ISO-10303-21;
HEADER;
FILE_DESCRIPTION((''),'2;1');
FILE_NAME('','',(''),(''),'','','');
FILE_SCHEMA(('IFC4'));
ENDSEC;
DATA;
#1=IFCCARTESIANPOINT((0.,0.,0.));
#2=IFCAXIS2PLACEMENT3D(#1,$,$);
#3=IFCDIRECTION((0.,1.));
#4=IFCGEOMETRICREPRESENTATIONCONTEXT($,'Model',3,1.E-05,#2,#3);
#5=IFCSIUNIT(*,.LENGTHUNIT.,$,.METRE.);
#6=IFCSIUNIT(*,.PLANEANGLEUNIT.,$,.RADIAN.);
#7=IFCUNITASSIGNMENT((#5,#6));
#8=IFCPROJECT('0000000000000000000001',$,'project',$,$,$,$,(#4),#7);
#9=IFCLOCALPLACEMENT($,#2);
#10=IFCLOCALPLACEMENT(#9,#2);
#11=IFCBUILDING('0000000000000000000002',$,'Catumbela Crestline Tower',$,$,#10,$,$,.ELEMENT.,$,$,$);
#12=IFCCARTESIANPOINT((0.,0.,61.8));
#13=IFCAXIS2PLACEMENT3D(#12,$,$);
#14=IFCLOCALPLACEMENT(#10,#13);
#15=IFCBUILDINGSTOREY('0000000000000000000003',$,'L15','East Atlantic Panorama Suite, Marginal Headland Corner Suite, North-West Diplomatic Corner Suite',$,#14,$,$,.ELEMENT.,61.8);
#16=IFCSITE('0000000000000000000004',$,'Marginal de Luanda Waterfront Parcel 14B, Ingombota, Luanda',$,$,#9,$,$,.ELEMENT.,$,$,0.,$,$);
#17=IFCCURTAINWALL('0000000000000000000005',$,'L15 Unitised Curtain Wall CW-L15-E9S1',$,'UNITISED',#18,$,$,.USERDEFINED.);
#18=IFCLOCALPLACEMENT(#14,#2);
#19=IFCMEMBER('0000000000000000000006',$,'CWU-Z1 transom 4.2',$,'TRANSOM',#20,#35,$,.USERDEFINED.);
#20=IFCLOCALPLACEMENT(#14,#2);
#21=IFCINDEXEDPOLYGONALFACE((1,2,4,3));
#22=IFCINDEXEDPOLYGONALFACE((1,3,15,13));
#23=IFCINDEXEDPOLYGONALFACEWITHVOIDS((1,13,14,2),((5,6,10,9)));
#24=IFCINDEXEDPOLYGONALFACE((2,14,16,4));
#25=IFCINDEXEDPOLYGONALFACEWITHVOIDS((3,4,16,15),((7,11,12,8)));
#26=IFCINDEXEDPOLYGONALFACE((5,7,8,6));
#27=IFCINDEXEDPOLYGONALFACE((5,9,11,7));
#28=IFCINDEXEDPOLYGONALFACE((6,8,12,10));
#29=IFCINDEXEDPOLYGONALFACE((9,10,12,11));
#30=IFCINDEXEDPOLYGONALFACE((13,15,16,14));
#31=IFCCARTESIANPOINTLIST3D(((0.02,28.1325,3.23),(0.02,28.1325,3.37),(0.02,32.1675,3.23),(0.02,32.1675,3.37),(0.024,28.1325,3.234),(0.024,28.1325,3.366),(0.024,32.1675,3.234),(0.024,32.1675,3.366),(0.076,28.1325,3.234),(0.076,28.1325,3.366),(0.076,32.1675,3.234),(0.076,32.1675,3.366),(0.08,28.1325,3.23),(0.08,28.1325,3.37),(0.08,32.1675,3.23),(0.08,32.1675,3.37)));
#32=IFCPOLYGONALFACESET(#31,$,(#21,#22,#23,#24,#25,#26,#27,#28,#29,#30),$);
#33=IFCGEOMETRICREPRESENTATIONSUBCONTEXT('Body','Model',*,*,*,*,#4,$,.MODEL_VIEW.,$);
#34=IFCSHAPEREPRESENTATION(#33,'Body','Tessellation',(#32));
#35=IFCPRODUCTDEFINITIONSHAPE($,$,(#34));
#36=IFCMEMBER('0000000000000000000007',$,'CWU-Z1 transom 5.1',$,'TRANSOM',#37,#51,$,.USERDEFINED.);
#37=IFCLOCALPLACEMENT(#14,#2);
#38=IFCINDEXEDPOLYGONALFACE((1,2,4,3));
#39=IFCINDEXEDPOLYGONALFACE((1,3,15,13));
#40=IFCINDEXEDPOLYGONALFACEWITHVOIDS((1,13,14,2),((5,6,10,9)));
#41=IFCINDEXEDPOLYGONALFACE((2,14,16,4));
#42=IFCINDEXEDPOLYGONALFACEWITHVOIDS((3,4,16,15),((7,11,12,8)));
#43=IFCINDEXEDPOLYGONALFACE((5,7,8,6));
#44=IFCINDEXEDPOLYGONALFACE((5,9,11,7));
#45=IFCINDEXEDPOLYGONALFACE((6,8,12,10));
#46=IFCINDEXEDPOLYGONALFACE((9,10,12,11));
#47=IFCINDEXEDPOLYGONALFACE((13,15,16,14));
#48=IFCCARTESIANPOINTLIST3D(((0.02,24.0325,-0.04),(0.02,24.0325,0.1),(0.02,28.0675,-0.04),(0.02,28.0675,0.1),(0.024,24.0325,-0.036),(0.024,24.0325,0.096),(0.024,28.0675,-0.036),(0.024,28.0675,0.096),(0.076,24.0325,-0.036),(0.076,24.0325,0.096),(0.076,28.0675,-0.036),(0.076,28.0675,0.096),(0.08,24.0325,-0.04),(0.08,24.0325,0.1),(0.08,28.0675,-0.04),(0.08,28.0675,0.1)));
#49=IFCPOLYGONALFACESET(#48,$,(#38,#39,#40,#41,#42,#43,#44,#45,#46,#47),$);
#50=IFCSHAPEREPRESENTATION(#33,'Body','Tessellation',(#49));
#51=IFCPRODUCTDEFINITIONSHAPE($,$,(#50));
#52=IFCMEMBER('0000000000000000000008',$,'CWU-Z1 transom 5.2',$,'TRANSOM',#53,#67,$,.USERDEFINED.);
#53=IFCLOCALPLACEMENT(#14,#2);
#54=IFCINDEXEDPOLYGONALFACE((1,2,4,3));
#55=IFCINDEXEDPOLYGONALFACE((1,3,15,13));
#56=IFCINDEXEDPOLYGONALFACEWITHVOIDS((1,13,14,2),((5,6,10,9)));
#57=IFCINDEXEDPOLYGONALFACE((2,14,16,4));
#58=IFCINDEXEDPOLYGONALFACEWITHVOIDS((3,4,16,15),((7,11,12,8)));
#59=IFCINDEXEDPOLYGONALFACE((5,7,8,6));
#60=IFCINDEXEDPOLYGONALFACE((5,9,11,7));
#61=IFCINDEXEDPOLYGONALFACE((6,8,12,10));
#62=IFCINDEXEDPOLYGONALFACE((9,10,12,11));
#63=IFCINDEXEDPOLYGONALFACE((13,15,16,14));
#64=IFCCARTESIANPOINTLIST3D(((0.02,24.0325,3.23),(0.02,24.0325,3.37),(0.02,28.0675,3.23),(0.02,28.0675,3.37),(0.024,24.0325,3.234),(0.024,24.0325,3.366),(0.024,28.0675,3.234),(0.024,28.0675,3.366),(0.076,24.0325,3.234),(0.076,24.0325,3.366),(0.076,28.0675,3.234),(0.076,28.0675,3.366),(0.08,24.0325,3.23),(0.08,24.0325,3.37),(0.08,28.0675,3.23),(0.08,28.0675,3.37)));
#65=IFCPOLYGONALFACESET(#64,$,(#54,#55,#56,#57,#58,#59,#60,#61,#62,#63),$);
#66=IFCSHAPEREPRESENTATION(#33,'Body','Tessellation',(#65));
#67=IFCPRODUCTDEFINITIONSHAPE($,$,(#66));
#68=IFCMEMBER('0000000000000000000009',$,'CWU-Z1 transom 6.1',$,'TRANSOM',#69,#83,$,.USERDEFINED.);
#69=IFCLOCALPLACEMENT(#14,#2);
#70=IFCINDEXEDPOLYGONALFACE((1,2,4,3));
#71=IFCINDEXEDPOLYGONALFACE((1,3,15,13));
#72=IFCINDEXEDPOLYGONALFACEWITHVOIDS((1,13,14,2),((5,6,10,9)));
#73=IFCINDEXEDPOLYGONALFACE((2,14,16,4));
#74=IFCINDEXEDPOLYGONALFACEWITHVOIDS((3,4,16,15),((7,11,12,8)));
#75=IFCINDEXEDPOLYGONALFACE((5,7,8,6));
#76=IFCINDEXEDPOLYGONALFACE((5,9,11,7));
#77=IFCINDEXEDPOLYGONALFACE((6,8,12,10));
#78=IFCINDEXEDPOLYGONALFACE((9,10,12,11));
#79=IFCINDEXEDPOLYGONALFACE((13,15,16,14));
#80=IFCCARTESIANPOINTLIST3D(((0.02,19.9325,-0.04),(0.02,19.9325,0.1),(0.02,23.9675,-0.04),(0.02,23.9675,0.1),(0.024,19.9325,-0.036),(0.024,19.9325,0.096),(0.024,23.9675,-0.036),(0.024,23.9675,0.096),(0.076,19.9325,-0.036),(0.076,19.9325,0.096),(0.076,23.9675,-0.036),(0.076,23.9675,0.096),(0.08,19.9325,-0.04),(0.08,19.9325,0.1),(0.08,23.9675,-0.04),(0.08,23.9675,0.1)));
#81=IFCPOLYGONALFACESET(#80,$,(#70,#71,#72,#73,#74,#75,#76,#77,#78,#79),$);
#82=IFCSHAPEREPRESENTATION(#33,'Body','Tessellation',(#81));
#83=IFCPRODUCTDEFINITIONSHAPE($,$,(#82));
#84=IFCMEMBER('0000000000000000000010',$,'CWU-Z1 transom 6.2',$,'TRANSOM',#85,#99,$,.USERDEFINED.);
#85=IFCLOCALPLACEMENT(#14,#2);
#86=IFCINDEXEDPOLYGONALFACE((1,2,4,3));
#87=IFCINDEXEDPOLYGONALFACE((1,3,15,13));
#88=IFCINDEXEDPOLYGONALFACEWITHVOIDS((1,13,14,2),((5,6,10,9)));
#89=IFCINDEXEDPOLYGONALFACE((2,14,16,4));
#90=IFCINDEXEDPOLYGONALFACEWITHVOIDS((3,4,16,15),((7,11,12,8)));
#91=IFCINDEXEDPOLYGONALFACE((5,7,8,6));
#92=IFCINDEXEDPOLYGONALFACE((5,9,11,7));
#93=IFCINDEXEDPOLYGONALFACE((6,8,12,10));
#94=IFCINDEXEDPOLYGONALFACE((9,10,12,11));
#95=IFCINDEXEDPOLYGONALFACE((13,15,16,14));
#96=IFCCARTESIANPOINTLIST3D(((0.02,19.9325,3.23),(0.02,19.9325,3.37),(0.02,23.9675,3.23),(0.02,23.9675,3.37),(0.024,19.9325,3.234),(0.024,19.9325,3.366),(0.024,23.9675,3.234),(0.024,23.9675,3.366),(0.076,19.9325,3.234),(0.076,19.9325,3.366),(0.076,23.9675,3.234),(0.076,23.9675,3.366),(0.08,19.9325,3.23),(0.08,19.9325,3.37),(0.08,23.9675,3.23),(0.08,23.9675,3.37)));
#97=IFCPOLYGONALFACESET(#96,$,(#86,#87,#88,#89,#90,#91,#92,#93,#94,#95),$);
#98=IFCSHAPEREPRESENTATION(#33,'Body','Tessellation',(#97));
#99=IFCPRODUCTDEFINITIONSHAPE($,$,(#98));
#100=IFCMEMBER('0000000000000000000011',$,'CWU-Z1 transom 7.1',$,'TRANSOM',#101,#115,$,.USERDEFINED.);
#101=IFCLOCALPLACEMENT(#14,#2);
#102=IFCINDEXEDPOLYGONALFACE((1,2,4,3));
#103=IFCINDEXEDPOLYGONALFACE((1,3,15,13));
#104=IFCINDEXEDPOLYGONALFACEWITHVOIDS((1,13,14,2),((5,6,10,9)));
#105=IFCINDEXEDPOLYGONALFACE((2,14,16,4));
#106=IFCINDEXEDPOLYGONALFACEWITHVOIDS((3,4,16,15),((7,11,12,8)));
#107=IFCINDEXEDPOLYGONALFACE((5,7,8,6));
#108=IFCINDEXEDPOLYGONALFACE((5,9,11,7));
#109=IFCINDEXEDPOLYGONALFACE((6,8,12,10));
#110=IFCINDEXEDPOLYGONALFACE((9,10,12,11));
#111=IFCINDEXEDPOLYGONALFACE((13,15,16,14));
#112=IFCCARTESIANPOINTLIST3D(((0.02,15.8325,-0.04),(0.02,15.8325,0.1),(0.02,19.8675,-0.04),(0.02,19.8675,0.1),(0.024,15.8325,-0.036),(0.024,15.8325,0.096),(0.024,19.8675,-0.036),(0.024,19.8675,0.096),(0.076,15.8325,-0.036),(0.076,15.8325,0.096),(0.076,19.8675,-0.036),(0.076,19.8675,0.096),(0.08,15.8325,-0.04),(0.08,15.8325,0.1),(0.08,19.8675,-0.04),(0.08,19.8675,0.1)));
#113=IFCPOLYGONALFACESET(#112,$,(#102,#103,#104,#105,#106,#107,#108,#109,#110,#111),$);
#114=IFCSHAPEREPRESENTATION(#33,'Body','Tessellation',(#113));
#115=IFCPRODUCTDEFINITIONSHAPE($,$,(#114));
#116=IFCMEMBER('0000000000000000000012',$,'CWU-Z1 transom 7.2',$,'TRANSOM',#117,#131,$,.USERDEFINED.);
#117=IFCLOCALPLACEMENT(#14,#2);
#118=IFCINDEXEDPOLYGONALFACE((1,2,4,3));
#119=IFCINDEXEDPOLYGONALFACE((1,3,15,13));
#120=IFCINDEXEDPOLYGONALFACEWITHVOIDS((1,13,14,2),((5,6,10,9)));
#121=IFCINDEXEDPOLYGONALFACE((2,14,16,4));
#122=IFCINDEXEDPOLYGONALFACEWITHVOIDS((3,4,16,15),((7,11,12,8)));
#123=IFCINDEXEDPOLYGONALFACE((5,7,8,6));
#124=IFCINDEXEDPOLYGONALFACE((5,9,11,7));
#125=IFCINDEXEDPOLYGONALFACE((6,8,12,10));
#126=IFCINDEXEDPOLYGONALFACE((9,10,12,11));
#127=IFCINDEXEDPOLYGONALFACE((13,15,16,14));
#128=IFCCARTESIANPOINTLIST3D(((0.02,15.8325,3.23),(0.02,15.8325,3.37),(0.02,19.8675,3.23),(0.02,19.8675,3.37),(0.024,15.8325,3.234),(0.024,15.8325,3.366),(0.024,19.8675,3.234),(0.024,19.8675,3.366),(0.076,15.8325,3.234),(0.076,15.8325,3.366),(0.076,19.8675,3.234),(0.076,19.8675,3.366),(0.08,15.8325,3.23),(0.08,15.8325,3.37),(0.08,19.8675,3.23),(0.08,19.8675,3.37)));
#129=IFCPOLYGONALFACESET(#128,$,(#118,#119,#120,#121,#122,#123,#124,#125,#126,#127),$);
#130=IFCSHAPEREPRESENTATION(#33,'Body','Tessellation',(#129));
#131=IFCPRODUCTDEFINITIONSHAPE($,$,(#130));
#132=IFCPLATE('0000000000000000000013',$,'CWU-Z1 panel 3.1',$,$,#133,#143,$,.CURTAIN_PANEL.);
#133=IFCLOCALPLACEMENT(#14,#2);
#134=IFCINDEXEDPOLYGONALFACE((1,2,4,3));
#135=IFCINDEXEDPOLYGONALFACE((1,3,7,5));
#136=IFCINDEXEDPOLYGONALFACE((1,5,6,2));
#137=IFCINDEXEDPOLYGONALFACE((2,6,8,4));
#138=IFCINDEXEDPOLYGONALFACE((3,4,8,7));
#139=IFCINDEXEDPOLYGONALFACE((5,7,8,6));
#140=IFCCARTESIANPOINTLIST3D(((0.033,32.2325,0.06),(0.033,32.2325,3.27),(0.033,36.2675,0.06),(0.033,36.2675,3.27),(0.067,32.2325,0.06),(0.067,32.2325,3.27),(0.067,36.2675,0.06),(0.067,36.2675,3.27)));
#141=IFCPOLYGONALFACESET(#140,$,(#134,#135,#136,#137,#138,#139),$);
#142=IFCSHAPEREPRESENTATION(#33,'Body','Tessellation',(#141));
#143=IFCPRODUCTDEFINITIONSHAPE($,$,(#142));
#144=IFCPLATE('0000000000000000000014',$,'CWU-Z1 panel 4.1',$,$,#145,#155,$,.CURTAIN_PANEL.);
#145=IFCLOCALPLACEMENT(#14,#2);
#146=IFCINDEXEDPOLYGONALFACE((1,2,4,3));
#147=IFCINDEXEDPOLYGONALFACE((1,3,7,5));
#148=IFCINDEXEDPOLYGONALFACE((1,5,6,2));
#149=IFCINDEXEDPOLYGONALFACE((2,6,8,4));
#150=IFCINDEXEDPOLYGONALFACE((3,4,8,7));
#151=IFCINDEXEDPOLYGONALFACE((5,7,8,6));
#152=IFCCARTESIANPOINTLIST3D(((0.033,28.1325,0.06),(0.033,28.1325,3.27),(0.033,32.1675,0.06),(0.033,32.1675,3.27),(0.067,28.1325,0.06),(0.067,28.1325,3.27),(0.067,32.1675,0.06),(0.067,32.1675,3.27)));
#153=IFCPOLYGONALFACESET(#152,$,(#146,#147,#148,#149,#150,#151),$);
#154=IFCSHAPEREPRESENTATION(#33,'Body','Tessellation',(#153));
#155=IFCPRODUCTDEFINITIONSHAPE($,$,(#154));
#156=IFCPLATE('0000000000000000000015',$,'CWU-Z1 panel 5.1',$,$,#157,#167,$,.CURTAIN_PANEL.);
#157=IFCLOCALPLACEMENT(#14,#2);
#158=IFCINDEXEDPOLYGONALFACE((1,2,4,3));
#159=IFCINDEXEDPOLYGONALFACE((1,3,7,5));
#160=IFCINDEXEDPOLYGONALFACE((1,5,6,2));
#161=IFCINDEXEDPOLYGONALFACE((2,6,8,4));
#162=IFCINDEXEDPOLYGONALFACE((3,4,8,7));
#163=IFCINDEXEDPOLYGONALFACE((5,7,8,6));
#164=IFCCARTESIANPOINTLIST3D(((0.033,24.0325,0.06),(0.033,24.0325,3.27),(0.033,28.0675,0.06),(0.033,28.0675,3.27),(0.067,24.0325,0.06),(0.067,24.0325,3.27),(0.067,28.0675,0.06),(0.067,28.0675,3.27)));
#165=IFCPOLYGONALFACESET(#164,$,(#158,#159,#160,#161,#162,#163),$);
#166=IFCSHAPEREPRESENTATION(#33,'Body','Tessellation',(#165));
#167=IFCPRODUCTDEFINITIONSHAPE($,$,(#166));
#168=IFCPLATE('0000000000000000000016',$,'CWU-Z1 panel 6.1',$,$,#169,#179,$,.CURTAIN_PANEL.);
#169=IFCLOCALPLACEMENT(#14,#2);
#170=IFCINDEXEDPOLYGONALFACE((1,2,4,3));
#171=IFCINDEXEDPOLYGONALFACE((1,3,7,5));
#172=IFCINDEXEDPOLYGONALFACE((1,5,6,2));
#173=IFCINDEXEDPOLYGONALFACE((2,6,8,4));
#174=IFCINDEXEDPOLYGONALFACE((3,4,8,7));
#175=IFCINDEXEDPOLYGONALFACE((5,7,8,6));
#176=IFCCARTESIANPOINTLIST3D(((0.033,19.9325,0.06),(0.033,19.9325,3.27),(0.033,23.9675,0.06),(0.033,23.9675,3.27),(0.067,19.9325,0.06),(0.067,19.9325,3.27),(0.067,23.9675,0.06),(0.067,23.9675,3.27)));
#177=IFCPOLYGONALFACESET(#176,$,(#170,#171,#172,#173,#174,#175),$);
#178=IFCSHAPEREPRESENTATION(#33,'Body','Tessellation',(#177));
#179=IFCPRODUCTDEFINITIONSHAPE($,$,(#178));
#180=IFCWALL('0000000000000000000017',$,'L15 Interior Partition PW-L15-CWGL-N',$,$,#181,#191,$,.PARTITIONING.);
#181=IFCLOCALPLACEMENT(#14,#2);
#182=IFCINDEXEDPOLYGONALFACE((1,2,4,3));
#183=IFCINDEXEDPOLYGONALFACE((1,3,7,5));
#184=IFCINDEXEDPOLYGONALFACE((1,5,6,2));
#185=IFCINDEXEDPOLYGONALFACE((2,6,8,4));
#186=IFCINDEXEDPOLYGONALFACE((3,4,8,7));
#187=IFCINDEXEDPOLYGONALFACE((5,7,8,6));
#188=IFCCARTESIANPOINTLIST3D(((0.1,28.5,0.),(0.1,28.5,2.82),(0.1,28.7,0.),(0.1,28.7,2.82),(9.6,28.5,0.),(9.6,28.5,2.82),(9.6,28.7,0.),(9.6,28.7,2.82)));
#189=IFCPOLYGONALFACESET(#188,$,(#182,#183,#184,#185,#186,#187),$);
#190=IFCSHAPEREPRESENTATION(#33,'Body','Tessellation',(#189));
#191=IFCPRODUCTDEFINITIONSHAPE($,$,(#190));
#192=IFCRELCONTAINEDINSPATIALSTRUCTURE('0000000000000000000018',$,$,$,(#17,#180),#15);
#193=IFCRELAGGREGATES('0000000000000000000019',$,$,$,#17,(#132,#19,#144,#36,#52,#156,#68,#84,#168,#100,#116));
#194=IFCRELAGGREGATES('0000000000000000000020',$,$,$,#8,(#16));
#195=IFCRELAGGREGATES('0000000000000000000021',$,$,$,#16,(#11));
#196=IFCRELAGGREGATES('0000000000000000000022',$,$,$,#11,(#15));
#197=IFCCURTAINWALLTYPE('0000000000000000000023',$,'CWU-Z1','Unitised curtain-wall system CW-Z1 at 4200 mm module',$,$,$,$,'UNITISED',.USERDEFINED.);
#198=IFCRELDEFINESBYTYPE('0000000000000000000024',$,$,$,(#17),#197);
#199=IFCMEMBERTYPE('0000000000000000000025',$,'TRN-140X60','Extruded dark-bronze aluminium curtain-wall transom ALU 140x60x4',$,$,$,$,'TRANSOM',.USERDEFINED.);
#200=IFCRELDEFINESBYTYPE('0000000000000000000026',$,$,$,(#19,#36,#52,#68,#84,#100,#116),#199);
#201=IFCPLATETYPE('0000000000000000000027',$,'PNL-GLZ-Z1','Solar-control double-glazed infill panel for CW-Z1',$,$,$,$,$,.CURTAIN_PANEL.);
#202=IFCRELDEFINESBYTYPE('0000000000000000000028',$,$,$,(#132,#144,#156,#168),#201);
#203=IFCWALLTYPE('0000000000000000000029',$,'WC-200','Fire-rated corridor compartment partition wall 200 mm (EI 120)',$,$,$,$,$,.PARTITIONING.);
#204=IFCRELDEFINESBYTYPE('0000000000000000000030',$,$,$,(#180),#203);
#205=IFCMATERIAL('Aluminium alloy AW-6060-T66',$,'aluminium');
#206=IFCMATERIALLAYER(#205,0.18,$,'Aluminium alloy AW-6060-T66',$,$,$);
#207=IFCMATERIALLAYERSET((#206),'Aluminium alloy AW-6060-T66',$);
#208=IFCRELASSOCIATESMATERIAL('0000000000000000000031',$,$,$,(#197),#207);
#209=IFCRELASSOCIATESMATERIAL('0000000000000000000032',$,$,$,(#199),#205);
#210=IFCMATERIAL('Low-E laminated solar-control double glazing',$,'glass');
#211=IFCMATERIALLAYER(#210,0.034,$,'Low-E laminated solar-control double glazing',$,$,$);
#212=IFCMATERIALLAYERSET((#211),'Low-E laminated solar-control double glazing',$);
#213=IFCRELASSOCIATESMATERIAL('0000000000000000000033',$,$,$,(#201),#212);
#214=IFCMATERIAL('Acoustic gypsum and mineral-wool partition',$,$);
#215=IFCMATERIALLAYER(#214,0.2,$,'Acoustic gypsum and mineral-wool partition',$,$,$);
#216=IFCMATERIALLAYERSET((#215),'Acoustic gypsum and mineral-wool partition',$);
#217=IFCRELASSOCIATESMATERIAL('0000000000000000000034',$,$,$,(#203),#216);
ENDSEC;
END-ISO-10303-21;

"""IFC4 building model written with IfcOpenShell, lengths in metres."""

from ifc_helpers import new_model, si_unit, direction, frame, frame_2d, origin, origin_2d, place, context, subcontext, project, spatial, rectangle, hollow_rectangle, extrude, material, layer, layer_set, material_profile, profile_set, type_object, element, aggregate, save


model = new_model("IFC4")

# Units and contexts
model_context = context("Model", 3, precision=1e-05, world=origin(), true_north=direction((0.0, 1.0)))
body_context = subcontext(model_context, "Body", "Model", "MODEL_VIEW")
ifc_project = project(units=[si_unit("LENGTHUNIT", "METRE"), si_unit("PLANEANGLEUNIT", "RADIAN")], contexts=[model_context])

# Site, building, storey
site_placement = place(None, origin())
site = spatial("IfcSite", under=ifc_project, at=site_placement, Name="Marginal de Luanda Waterfront Parcel 14B, Ingombota, Luanda", CompositionType="ELEMENT", RefElevation=0.0)
building_placement = place(site_placement, origin())
building = spatial("IfcBuilding", under=site, at=building_placement, Name="Catumbela Crestline Tower", CompositionType="ELEMENT")
storey_placement = place(building_placement, frame((0.0, 0.0, 61.8)))
storey = spatial("IfcBuildingStorey", under=building, at=storey_placement, Name="L15", Description="East Atlantic Panorama Suite, Marginal Headland Corner Suite, North-West Diplomatic Corner Suite", CompositionType="ELEMENT", Elevation=61.8)

# Curtain wall
ifc_material_1 = material(Name="Aluminium alloy AW-6060-T66", Category="aluminium")
ifc_layer_1 = layer(ifc_material_1, 0.18, Name="Aluminium alloy AW-6060-T66")
ifc_layer_set_1 = layer_set([ifc_layer_1], Name="Aluminium alloy AW-6060-T66")
curtain_wall_type = type_object("IfcCurtainWallType", Name="CWU-Z1", Description="Unitised curtain-wall system CW-Z1 at 4200 mm module", ElementType="UNITISED", PredefinedType="USERDEFINED", material=ifc_layer_set_1)
curtain_wall_placement = place(storey_placement, origin())
curtain_wall = element("IfcCurtainWall", 1, at=curtain_wall_placement, inside=storey, type_object=curtain_wall_type, Name="L15 Unitised Curtain Wall CW-L15-E9S1", ObjectType="UNITISED", PredefinedType="USERDEFINED")

# Members
ifc_material_profile_1 = material_profile(ifc_material_1, hollow_rectangle(XDim=0.06, YDim=0.14, WallThickness=0.004, at=origin_2d()), Name="ALU 140x60x4")
ifc_profile_set_1 = profile_set([ifc_material_profile_1], Name="Aluminium alloy AW-6060-T66")
member_type_1 = type_object("IfcMemberType", Name="TRN-140X60", Description="Extruded dark-bronze aluminium curtain-wall transom ALU 140x60x4", ElementType="TRANSOM", PredefinedType="USERDEFINED", material=ifc_profile_set_1)
member_1_placement = place(storey_placement, frame((0.05, 32.1675, 3.3), z_axis=(0.0, -1.0, 0.0), x_axis=(1.0, 0.0, 0.0)))
member_1 = element("IfcMember", 2, at=member_1_placement, type_object=member_type_1, Name="CWU-Z1 transom 4.2", ObjectType="TRANSOM", PredefinedType="USERDEFINED", context=body_context, shape_type="SweptSolid", body=[
    extrude(hollow_rectangle(XDim=0.06, YDim=0.14, WallThickness=0.004, at=origin_2d()), origin(), (0.0, 0.0, 1.0), 4.035),
])
member_2_placement = place(storey_placement, frame((0.05, 28.0675, 0.03), z_axis=(0.0, -1.0, 0.0), x_axis=(1.0, 0.0, 0.0)))
member_2 = element("IfcMember", 3, at=member_2_placement, type_object=member_type_1, Name="CWU-Z1 transom 5.1", ObjectType="TRANSOM", PredefinedType="USERDEFINED", context=body_context, shape_type="SweptSolid", body=[
    extrude(hollow_rectangle(XDim=0.06, YDim=0.14, WallThickness=0.004, at=origin_2d()), origin(), (0.0, 0.0, 1.0), 4.035),
])
member_3_placement = place(storey_placement, frame((0.05, 28.0675, 3.3), z_axis=(0.0, -1.0, 0.0), x_axis=(1.0, 0.0, 0.0)))
member_3 = element("IfcMember", 4, at=member_3_placement, type_object=member_type_1, Name="CWU-Z1 transom 5.2", ObjectType="TRANSOM", PredefinedType="USERDEFINED", context=body_context, shape_type="SweptSolid", body=[
    extrude(hollow_rectangle(XDim=0.06, YDim=0.14, WallThickness=0.004, at=origin_2d()), origin(), (0.0, 0.0, 1.0), 4.035),
])
member_4_placement = place(storey_placement, frame((0.05, 23.9675, 0.03), z_axis=(0.0, -1.0, 0.0), x_axis=(1.0, 0.0, 0.0)))
member_4 = element("IfcMember", 5, at=member_4_placement, type_object=member_type_1, Name="CWU-Z1 transom 6.1", ObjectType="TRANSOM", PredefinedType="USERDEFINED", context=body_context, shape_type="SweptSolid", body=[
    extrude(hollow_rectangle(XDim=0.06, YDim=0.14, WallThickness=0.004, at=origin_2d()), origin(), (0.0, 0.0, 1.0), 4.035),
])
member_5_placement = place(storey_placement, frame((0.05, 23.9675, 3.3), z_axis=(0.0, -1.0, 0.0), x_axis=(1.0, 0.0, 0.0)))
member_5 = element("IfcMember", 6, at=member_5_placement, type_object=member_type_1, Name="CWU-Z1 transom 6.2", ObjectType="TRANSOM", PredefinedType="USERDEFINED", context=body_context, shape_type="SweptSolid", body=[
    extrude(hollow_rectangle(XDim=0.06, YDim=0.14, WallThickness=0.004, at=origin_2d()), origin(), (0.0, 0.0, 1.0), 4.035),
])
member_6_placement = place(storey_placement, frame((0.05, 19.8675, 0.03), z_axis=(0.0, -1.0, 0.0), x_axis=(1.0, 0.0, 0.0)))
member_6 = element("IfcMember", 7, at=member_6_placement, type_object=member_type_1, Name="CWU-Z1 transom 7.1", ObjectType="TRANSOM", PredefinedType="USERDEFINED", context=body_context, shape_type="SweptSolid", body=[
    extrude(hollow_rectangle(XDim=0.06, YDim=0.14, WallThickness=0.004, at=origin_2d()), origin(), (0.0, 0.0, 1.0), 4.035),
])
member_7_placement = place(storey_placement, frame((0.05, 19.8675, 3.3), z_axis=(0.0, -1.0, 0.0), x_axis=(1.0, 0.0, 0.0)))
member_7 = element("IfcMember", 8, at=member_7_placement, type_object=member_type_1, Name="CWU-Z1 transom 7.2", ObjectType="TRANSOM", PredefinedType="USERDEFINED", context=body_context, shape_type="SweptSolid", body=[
    extrude(hollow_rectangle(XDim=0.06, YDim=0.14, WallThickness=0.004, at=origin_2d()), origin(), (0.0, 0.0, 1.0), 4.035),
])

# Plates
ifc_material_2 = material(Name="Low-E laminated solar-control double glazing", Category="glass")
ifc_layer_2 = layer(ifc_material_2, 0.034, Name="Low-E laminated solar-control double glazing")
ifc_layer_set_2 = layer_set([ifc_layer_2], Name="Low-E laminated solar-control double glazing")
plate_type = type_object("IfcPlateType", Name="PNL-GLZ-Z1", Description="Solar-control double-glazed infill panel for CW-Z1", PredefinedType="CURTAIN_PANEL", material=ifc_layer_set_2)
plate_1_placement = place(storey_placement, frame((0.05, 34.25, 0.06), z_axis=(0.0, 0.0, 1.0), x_axis=(0.0, -1.0, 0.0)))
plate_1 = element("IfcPlate", 9, at=plate_1_placement, type_object=plate_type, Name="CWU-Z1 panel 3.1", PredefinedType="CURTAIN_PANEL", context=body_context, shape_type="SweptSolid", body=[
    extrude(rectangle(XDim=4.035, YDim=0.034, at=origin_2d()), origin(), (0.0, 0.0, 1.0), 3.21),
])
plate_2_placement = place(storey_placement, frame((0.05, 30.15, 0.06), z_axis=(0.0, 0.0, 1.0), x_axis=(0.0, -1.0, 0.0)))
plate_2 = element("IfcPlate", 10, at=plate_2_placement, type_object=plate_type, Name="CWU-Z1 panel 4.1", PredefinedType="CURTAIN_PANEL", context=body_context, shape_type="SweptSolid", body=[
    extrude(rectangle(XDim=4.035, YDim=0.034, at=origin_2d()), origin(), (0.0, 0.0, 1.0), 3.21),
])
plate_3_placement = place(storey_placement, frame((0.05, 26.05, 0.06), z_axis=(0.0, 0.0, 1.0), x_axis=(0.0, -1.0, 0.0)))
plate_3 = element("IfcPlate", 11, at=plate_3_placement, type_object=plate_type, Name="CWU-Z1 panel 5.1", PredefinedType="CURTAIN_PANEL", context=body_context, shape_type="SweptSolid", body=[
    extrude(rectangle(XDim=4.035, YDim=0.034, at=origin_2d()), origin(), (0.0, 0.0, 1.0), 3.21),
])
plate_4_placement = place(storey_placement, frame((0.05, 21.95, 0.06), z_axis=(0.0, 0.0, 1.0), x_axis=(0.0, -1.0, 0.0)))
plate_4 = element("IfcPlate", 12, at=plate_4_placement, type_object=plate_type, Name="CWU-Z1 panel 6.1", PredefinedType="CURTAIN_PANEL", context=body_context, shape_type="SweptSolid", body=[
    extrude(rectangle(XDim=4.035, YDim=0.034, at=origin_2d()), origin(), (0.0, 0.0, 1.0), 3.21),
])
aggregate(curtain_wall, [plate_1, member_1, plate_2, member_2, member_3, plate_3, member_4, member_5, plate_4, member_6, member_7])

# Wall
ifc_material_3 = material(Name="Acoustic gypsum and mineral-wool partition")
ifc_layer_3 = layer(ifc_material_3, 0.2, Name="Acoustic gypsum and mineral-wool partition")
ifc_layer_set_3 = layer_set([ifc_layer_3], Name="Acoustic gypsum and mineral-wool partition")
wall_type_1 = type_object("IfcWallType", Name="WC-200", Description="Fire-rated corridor compartment partition wall 200 mm (EI 120)", PredefinedType="PARTITIONING", material=ifc_layer_set_3)
wall_1_placement = place(storey_placement, frame((0.1, 28.6, 0.0), z_axis=(0.0, 0.0, 1.0), x_axis=(1.0, 0.0, 0.0)))
element("IfcWall", 13, at=wall_1_placement, inside=storey, type_object=wall_type_1, Name="L15 Interior Partition PW-L15-CWGL-N", PredefinedType="PARTITIONING", context=body_context, shape_type="SweptSolid", body=[
    extrude(rectangle(XDim=9.5, YDim=0.2, at=frame_2d((4.75, 0.0))), origin(), (0.0, 0.0, 1.0), 2.82),
])

save(model, "model.ifc")
